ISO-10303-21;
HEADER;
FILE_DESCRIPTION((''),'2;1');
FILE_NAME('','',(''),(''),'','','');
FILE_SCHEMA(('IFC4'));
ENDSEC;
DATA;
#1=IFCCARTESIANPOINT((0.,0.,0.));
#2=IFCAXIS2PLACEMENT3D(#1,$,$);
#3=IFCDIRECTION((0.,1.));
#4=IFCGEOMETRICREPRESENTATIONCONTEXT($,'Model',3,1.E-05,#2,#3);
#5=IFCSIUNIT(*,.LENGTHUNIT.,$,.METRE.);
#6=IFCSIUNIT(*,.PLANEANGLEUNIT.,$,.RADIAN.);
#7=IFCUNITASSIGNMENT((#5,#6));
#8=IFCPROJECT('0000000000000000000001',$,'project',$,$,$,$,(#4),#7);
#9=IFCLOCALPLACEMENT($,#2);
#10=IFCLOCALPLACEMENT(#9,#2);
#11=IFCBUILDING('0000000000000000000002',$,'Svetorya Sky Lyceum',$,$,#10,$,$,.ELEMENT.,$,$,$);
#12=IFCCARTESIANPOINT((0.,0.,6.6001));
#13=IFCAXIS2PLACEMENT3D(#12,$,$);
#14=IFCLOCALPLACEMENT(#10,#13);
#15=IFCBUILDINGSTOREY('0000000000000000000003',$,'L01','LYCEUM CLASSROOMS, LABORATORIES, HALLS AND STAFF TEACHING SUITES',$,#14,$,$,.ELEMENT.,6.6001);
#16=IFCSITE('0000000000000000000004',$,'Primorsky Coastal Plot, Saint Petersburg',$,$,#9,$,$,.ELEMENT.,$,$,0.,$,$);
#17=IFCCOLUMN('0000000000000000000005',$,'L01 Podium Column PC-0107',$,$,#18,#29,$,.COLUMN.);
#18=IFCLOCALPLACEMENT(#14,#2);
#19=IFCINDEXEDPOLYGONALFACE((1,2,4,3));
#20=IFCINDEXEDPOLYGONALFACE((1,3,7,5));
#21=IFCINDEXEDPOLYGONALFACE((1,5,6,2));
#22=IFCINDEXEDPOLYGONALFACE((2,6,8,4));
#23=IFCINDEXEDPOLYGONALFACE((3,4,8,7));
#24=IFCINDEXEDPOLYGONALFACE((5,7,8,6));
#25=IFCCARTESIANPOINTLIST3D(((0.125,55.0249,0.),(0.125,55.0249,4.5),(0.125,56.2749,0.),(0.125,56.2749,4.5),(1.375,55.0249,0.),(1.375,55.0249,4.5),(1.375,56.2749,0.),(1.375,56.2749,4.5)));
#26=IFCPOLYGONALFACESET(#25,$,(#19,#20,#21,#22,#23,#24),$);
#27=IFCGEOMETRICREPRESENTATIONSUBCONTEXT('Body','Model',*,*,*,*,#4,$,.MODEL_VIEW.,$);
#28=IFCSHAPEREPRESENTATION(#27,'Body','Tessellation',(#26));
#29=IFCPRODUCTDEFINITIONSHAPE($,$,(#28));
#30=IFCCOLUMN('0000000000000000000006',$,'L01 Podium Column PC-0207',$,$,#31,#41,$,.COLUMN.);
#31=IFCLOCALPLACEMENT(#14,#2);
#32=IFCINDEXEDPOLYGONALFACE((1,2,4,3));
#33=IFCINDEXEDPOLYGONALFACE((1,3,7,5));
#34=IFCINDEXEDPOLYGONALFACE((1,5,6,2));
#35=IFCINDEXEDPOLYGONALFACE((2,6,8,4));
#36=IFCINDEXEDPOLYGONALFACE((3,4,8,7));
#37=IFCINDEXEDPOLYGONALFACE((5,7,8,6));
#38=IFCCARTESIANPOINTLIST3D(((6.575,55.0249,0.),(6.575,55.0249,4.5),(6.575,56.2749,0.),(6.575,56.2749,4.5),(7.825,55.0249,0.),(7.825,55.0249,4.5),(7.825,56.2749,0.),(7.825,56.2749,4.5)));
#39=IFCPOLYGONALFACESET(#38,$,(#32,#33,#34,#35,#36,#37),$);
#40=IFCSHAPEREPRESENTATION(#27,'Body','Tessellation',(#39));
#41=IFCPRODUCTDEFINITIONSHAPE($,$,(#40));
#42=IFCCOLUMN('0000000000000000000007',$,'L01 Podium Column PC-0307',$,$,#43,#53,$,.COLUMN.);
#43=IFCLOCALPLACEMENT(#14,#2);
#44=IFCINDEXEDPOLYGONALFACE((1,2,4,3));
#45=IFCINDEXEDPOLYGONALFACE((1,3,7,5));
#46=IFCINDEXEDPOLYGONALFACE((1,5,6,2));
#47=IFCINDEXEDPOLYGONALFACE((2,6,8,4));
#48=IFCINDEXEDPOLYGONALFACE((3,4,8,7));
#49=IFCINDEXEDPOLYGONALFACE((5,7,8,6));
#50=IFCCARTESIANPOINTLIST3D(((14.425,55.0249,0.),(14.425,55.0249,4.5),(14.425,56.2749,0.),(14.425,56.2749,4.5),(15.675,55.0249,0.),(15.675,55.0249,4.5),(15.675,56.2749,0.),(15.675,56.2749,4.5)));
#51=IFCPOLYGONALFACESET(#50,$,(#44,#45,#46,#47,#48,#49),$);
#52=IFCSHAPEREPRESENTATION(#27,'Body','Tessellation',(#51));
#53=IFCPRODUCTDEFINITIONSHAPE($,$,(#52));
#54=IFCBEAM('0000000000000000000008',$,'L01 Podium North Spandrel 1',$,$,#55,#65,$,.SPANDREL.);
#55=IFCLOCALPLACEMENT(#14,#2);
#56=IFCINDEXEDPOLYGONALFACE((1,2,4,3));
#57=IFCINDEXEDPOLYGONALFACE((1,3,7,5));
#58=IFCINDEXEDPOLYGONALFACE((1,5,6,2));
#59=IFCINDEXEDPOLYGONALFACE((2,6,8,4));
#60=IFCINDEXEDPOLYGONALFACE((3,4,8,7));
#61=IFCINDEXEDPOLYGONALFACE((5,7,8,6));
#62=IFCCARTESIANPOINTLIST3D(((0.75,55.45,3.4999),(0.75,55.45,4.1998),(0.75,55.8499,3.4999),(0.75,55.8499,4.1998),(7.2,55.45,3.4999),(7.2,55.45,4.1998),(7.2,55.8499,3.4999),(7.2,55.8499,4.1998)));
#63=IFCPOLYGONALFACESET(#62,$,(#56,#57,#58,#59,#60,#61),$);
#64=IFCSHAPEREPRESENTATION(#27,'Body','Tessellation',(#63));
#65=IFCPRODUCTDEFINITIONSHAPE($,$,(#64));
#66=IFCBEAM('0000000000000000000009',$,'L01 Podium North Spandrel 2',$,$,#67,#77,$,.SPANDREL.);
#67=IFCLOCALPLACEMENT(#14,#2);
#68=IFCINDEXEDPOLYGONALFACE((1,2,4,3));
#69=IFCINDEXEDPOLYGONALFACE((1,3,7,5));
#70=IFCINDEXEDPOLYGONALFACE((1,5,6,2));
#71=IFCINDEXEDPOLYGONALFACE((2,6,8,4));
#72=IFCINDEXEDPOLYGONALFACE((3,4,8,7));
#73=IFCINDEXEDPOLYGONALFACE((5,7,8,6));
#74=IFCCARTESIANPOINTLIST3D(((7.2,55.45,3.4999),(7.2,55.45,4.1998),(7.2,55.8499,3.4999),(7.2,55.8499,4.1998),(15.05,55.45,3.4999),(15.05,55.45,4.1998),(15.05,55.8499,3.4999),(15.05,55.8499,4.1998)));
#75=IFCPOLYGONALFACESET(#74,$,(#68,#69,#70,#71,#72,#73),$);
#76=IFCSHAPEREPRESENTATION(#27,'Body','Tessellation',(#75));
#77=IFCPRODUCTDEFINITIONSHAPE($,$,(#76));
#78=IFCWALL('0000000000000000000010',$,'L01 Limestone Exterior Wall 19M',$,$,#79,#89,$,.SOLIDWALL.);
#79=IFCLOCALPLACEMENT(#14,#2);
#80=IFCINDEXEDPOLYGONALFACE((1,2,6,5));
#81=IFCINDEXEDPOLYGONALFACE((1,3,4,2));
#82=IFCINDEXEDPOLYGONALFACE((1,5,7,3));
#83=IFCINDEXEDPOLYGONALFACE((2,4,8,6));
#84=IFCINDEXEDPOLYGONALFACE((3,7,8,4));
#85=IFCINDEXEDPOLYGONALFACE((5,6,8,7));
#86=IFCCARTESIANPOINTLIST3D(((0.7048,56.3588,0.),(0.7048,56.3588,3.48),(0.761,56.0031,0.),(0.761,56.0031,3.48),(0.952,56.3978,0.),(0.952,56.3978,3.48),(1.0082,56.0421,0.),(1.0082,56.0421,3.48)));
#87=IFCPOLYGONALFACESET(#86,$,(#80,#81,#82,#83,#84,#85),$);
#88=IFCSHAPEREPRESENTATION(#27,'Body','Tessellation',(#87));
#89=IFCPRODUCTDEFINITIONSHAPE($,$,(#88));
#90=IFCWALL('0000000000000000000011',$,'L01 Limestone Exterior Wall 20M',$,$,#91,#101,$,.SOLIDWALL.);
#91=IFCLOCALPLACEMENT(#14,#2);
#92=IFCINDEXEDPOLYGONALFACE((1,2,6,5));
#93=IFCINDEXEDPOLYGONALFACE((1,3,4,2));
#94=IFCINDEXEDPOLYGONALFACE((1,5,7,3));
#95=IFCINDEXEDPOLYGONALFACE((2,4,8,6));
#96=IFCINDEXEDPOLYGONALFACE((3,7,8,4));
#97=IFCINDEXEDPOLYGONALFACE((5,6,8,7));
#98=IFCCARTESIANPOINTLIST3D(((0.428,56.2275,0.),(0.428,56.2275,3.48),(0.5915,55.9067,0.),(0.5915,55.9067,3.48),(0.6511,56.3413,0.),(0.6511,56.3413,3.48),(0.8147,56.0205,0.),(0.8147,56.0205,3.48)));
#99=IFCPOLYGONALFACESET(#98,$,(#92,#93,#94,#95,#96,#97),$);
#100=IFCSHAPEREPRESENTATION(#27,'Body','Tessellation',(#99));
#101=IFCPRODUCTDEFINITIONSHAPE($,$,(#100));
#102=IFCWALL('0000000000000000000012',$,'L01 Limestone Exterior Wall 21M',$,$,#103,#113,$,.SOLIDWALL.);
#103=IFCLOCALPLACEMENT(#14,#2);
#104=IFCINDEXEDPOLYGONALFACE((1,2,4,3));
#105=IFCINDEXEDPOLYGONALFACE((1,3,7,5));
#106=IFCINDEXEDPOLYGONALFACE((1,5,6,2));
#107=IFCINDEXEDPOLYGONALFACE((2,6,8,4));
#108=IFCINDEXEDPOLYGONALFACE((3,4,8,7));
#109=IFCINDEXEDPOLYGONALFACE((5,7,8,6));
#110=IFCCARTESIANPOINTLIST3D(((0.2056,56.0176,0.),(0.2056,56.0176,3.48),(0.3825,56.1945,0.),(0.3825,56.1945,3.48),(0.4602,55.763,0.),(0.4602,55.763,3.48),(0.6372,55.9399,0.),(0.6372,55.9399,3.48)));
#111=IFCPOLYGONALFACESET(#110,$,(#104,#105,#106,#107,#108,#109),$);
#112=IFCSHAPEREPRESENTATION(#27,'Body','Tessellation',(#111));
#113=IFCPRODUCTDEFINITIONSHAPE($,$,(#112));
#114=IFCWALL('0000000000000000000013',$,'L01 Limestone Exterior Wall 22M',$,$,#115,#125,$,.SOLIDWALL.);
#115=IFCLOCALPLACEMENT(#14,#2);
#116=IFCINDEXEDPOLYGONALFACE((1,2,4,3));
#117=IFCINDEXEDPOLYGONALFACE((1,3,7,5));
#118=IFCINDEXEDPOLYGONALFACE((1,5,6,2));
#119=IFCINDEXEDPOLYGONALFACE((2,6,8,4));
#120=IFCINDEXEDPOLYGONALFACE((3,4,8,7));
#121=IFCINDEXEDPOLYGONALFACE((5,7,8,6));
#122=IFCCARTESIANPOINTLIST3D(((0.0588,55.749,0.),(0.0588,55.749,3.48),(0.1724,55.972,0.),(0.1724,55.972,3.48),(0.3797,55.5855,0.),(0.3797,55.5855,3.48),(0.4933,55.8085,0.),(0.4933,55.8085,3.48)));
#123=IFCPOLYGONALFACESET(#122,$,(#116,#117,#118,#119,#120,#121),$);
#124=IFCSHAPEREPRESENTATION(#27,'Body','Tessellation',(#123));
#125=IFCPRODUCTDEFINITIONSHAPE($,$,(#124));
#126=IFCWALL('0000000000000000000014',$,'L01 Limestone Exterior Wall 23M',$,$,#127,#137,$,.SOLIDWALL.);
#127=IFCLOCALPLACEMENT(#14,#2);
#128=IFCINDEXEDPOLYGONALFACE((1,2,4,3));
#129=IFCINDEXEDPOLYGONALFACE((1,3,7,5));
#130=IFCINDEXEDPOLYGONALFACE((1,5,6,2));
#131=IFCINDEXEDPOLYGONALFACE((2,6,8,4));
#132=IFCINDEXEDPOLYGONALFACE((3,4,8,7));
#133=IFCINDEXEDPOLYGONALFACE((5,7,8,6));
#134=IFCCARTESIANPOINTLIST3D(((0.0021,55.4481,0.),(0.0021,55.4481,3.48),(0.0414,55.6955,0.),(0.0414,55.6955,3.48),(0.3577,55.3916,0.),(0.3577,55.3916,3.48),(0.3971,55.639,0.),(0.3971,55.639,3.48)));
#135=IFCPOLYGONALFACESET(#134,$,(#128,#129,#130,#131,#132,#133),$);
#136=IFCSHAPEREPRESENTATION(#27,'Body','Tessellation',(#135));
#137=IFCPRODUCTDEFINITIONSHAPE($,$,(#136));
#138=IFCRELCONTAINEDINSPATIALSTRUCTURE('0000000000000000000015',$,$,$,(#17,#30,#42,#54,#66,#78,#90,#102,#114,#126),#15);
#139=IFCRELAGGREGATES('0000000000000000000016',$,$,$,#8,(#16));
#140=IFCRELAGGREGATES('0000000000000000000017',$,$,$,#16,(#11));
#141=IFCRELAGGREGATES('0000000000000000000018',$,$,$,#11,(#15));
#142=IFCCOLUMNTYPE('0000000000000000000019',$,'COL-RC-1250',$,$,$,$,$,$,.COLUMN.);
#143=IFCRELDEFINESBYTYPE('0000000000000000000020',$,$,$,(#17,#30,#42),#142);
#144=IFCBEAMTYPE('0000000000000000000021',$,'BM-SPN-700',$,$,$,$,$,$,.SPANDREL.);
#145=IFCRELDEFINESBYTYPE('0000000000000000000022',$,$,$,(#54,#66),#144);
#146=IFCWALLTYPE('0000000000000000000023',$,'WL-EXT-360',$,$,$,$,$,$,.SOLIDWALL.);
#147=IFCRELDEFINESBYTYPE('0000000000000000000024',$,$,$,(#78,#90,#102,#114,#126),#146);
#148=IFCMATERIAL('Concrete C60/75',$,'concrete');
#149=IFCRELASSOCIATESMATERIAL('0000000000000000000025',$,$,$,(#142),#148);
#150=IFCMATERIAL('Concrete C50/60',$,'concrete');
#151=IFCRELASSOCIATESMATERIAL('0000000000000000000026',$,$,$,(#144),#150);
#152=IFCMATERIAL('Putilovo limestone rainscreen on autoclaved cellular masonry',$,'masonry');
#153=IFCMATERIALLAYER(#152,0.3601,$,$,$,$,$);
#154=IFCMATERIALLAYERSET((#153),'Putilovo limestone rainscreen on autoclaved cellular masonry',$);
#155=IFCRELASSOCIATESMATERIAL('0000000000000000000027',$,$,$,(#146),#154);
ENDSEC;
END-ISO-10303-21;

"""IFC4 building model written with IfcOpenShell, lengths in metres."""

from ifc_helpers import new_model, si_unit, direction, frame, frame_2d, origin, origin_2d, place, context, subcontext, project, spatial, rectangle, extrude, material, layer, layer_set, material_profile, profile_set, type_object, element, save


model = new_model("IFC4")

# Units and contexts
model_context = context("Model", 3, precision=1e-05, world=origin(), true_north=direction((0.0, 1.0)))
body_context = subcontext(model_context, "Body", "Model", "MODEL_VIEW")
ifc_project = project(units=[si_unit("LENGTHUNIT", "METRE"), si_unit("PLANEANGLEUNIT", "RADIAN")], contexts=[model_context])

# Site, building, storey
site_placement = place(None, origin())
site = spatial("IfcSite", under=ifc_project, at=site_placement, Name="Primorsky Coastal Plot, Saint Petersburg", CompositionType="ELEMENT", RefElevation=0.0)
building_placement = place(site_placement, origin())
building = spatial("IfcBuilding", under=site, at=building_placement, Name="Svetorya Sky Lyceum", CompositionType="ELEMENT")
storey_placement = place(building_placement, frame((0.0, 0.0, 6.6001)))
storey = spatial("IfcBuildingStorey", under=building, at=storey_placement, Name="L01", Description="LYCEUM CLASSROOMS, LABORATORIES, HALLS AND STAFF TEACHING SUITES", CompositionType="ELEMENT", Elevation=6.6001)

# Columns
ifc_material_1 = material(Name="Concrete C60/75", Category="concrete")
ifc_material_profile_1 = material_profile(ifc_material_1, rectangle(XDim=1.25, YDim=1.25, at=origin_2d()), Name="RC COL 1250x1250")
ifc_profile_set_1 = profile_set([ifc_material_profile_1], Name="Concrete C60/75")
column_type = type_object("IfcColumnType", Name="COL-RC-1250", PredefinedType="COLUMN", material=ifc_profile_set_1)
for number, where, z_axis, x_axis, name in (
    (1, (0.75, 55.6499, 0.0), (0.0, 0.0, 1.0), (1.0, 0.0, 0.0), "L01 Podium Column PC-0107"),
    (2, (7.2, 55.6499, 0.0), (0.0, 0.0, 1.0), (1.0, 0.0, 0.0), "L01 Podium Column PC-0207"),
    (3, (15.05, 55.6499, 0.0), (0.0, 0.0, 1.0), (1.0, 0.0, 0.0), "L01 Podium Column PC-0307"),
):
    element("IfcColumn", number, at=place(storey_placement, frame(where, z_axis=z_axis, x_axis=x_axis)), inside=storey, type_object=column_type, Name=name, PredefinedType="COLUMN", context=body_context, shape_type="SweptSolid", body=[
        extrude(rectangle(XDim=1.25, YDim=1.25, at=origin_2d()), origin(), (0.0, 0.0, 1.0), 4.5),
    ])

# Beams
ifc_material_2 = material(Name="Concrete C50/60", Category="concrete")
ifc_material_profile_2 = material_profile(ifc_material_2, rectangle(XDim=0.3999, YDim=0.7, at=origin_2d()), Name="RC SPANDREL 400x700")
ifc_profile_set_2 = profile_set([ifc_material_profile_2], Name="Concrete C50/60")
beam_type = type_object("IfcBeamType", Name="BM-SPN-700", PredefinedType="SPANDREL", material=ifc_profile_set_2)
beam_1_placement = place(storey_placement, frame((0.75, 55.6499, 3.8499), z_axis=(1.0, 0.0, 0.0), x_axis=(0.0, 1.0, 0.0)))
element("IfcBeam", 4, at=beam_1_placement, inside=storey, type_object=beam_type, Name="L01 Podium North Spandrel 1", PredefinedType="SPANDREL", context=body_context, shape_type="SweptSolid", body=[
    extrude(rectangle(XDim=0.3999, YDim=0.7, at=origin_2d()), origin(), (0.0, 0.0, 1.0), 6.45),
])
beam_2_placement = place(storey_placement, frame((7.2, 55.6499, 3.8499), z_axis=(1.0, 0.0, 0.0), x_axis=(0.0, 1.0, 0.0)))
element("IfcBeam", 5, at=beam_2_placement, inside=storey, type_object=beam_type, Name="L01 Podium North Spandrel 2", PredefinedType="SPANDREL", context=body_context, shape_type="SweptSolid", body=[
    extrude(rectangle(XDim=0.3999, YDim=0.7, at=origin_2d()), origin(), (0.0, 0.0, 1.0), 7.8501),
])

# Walls
ifc_material_3 = material(Name="Putilovo limestone rainscreen on autoclaved cellular masonry", Category="masonry")
ifc_layer = layer(ifc_material_3, 0.3601)
ifc_layer_set = layer_set([ifc_layer], Name="Putilovo limestone rainscreen on autoclaved cellular masonry")
wall_type = type_object("IfcWallType", Name="WL-EXT-360", PredefinedType="SOLIDWALL", material=ifc_layer_set)
wall_1_placement = place(storey_placement, frame((0.98, 56.22, 0.0), z_axis=(0.0, 0.0, 1.0), x_axis=(-0.987731, -0.156163, 0.0)))
element("IfcWall", 6, at=wall_1_placement, inside=storey, type_object=wall_type, Name="L01 Limestone Exterior Wall 19M", PredefinedType="SOLIDWALL", context=body_context, shape_type="SweptSolid", body=[
    extrude(rectangle(XDim=0.2502, YDim=0.3601, at=frame_2d((0.125, 0.0))), origin(), (0.0, 0.0, 1.0), 3.48),
])
wall_2_placement = place(storey_placement, frame((0.7329, 56.1809, 0.0), z_axis=(0.0, 0.0, 1.0), x_axis=(-0.890891, -0.454218, 0.0)))
element("IfcWall", 7, at=wall_2_placement, inside=storey, type_object=wall_type, Name="L01 Limestone Exterior Wall 20M", PredefinedType="SOLIDWALL", context=body_context, shape_type="SweptSolid", body=[
    extrude(rectangle(XDim=0.2505, YDim=0.3601, at=frame_2d((0.1252, 0.0))), origin(), (0.0, 0.0, 1.0), 3.48),
])
for number, where, z_axis, x_axis, name in (
    (8, (0.5098, 56.0671, 0.0), (0.0, 0.0, 1.0), (-0.707107, -0.707107, 0.0), "L01 Limestone Exterior Wall 21M"),
    (9, (0.3328, 55.8901, 0.0), (0.0, 0.0, 1.0), (-0.453838, -0.891084, 0.0), "L01 Limestone Exterior Wall 22M"),
):
    element("IfcWall", number, at=place(storey_placement, frame(where, z_axis=z_axis, x_axis=x_axis)), inside=storey, type_object=wall_type, Name=name, PredefinedType="SOLIDWALL", context=body_context, shape_type="SweptSolid", body=[
        extrude(rectangle(XDim=0.2502, YDim=0.3601, at=frame_2d((0.125, 0.0))), origin(), (0.0, 0.0, 1.0), 3.48),
    ])
wall_3_placement = place(storey_placement, frame((0.2192, 55.6672, 0.0), z_axis=(0.0, 0.0, 1.0), x_axis=(-0.156964, -0.987604, 0.0)))
element("IfcWall", 10, at=wall_3_placement, inside=storey, type_object=wall_type, Name="L01 Limestone Exterior Wall 23M", PredefinedType="SOLIDWALL", context=body_context, shape_type="SweptSolid", body=[
    extrude(rectangle(XDim=0.2505, YDim=0.3601, at=frame_2d((0.1252, 0.0))), origin(), (0.0, 0.0, 1.0), 3.48),
])

save(model, "model.ifc")
